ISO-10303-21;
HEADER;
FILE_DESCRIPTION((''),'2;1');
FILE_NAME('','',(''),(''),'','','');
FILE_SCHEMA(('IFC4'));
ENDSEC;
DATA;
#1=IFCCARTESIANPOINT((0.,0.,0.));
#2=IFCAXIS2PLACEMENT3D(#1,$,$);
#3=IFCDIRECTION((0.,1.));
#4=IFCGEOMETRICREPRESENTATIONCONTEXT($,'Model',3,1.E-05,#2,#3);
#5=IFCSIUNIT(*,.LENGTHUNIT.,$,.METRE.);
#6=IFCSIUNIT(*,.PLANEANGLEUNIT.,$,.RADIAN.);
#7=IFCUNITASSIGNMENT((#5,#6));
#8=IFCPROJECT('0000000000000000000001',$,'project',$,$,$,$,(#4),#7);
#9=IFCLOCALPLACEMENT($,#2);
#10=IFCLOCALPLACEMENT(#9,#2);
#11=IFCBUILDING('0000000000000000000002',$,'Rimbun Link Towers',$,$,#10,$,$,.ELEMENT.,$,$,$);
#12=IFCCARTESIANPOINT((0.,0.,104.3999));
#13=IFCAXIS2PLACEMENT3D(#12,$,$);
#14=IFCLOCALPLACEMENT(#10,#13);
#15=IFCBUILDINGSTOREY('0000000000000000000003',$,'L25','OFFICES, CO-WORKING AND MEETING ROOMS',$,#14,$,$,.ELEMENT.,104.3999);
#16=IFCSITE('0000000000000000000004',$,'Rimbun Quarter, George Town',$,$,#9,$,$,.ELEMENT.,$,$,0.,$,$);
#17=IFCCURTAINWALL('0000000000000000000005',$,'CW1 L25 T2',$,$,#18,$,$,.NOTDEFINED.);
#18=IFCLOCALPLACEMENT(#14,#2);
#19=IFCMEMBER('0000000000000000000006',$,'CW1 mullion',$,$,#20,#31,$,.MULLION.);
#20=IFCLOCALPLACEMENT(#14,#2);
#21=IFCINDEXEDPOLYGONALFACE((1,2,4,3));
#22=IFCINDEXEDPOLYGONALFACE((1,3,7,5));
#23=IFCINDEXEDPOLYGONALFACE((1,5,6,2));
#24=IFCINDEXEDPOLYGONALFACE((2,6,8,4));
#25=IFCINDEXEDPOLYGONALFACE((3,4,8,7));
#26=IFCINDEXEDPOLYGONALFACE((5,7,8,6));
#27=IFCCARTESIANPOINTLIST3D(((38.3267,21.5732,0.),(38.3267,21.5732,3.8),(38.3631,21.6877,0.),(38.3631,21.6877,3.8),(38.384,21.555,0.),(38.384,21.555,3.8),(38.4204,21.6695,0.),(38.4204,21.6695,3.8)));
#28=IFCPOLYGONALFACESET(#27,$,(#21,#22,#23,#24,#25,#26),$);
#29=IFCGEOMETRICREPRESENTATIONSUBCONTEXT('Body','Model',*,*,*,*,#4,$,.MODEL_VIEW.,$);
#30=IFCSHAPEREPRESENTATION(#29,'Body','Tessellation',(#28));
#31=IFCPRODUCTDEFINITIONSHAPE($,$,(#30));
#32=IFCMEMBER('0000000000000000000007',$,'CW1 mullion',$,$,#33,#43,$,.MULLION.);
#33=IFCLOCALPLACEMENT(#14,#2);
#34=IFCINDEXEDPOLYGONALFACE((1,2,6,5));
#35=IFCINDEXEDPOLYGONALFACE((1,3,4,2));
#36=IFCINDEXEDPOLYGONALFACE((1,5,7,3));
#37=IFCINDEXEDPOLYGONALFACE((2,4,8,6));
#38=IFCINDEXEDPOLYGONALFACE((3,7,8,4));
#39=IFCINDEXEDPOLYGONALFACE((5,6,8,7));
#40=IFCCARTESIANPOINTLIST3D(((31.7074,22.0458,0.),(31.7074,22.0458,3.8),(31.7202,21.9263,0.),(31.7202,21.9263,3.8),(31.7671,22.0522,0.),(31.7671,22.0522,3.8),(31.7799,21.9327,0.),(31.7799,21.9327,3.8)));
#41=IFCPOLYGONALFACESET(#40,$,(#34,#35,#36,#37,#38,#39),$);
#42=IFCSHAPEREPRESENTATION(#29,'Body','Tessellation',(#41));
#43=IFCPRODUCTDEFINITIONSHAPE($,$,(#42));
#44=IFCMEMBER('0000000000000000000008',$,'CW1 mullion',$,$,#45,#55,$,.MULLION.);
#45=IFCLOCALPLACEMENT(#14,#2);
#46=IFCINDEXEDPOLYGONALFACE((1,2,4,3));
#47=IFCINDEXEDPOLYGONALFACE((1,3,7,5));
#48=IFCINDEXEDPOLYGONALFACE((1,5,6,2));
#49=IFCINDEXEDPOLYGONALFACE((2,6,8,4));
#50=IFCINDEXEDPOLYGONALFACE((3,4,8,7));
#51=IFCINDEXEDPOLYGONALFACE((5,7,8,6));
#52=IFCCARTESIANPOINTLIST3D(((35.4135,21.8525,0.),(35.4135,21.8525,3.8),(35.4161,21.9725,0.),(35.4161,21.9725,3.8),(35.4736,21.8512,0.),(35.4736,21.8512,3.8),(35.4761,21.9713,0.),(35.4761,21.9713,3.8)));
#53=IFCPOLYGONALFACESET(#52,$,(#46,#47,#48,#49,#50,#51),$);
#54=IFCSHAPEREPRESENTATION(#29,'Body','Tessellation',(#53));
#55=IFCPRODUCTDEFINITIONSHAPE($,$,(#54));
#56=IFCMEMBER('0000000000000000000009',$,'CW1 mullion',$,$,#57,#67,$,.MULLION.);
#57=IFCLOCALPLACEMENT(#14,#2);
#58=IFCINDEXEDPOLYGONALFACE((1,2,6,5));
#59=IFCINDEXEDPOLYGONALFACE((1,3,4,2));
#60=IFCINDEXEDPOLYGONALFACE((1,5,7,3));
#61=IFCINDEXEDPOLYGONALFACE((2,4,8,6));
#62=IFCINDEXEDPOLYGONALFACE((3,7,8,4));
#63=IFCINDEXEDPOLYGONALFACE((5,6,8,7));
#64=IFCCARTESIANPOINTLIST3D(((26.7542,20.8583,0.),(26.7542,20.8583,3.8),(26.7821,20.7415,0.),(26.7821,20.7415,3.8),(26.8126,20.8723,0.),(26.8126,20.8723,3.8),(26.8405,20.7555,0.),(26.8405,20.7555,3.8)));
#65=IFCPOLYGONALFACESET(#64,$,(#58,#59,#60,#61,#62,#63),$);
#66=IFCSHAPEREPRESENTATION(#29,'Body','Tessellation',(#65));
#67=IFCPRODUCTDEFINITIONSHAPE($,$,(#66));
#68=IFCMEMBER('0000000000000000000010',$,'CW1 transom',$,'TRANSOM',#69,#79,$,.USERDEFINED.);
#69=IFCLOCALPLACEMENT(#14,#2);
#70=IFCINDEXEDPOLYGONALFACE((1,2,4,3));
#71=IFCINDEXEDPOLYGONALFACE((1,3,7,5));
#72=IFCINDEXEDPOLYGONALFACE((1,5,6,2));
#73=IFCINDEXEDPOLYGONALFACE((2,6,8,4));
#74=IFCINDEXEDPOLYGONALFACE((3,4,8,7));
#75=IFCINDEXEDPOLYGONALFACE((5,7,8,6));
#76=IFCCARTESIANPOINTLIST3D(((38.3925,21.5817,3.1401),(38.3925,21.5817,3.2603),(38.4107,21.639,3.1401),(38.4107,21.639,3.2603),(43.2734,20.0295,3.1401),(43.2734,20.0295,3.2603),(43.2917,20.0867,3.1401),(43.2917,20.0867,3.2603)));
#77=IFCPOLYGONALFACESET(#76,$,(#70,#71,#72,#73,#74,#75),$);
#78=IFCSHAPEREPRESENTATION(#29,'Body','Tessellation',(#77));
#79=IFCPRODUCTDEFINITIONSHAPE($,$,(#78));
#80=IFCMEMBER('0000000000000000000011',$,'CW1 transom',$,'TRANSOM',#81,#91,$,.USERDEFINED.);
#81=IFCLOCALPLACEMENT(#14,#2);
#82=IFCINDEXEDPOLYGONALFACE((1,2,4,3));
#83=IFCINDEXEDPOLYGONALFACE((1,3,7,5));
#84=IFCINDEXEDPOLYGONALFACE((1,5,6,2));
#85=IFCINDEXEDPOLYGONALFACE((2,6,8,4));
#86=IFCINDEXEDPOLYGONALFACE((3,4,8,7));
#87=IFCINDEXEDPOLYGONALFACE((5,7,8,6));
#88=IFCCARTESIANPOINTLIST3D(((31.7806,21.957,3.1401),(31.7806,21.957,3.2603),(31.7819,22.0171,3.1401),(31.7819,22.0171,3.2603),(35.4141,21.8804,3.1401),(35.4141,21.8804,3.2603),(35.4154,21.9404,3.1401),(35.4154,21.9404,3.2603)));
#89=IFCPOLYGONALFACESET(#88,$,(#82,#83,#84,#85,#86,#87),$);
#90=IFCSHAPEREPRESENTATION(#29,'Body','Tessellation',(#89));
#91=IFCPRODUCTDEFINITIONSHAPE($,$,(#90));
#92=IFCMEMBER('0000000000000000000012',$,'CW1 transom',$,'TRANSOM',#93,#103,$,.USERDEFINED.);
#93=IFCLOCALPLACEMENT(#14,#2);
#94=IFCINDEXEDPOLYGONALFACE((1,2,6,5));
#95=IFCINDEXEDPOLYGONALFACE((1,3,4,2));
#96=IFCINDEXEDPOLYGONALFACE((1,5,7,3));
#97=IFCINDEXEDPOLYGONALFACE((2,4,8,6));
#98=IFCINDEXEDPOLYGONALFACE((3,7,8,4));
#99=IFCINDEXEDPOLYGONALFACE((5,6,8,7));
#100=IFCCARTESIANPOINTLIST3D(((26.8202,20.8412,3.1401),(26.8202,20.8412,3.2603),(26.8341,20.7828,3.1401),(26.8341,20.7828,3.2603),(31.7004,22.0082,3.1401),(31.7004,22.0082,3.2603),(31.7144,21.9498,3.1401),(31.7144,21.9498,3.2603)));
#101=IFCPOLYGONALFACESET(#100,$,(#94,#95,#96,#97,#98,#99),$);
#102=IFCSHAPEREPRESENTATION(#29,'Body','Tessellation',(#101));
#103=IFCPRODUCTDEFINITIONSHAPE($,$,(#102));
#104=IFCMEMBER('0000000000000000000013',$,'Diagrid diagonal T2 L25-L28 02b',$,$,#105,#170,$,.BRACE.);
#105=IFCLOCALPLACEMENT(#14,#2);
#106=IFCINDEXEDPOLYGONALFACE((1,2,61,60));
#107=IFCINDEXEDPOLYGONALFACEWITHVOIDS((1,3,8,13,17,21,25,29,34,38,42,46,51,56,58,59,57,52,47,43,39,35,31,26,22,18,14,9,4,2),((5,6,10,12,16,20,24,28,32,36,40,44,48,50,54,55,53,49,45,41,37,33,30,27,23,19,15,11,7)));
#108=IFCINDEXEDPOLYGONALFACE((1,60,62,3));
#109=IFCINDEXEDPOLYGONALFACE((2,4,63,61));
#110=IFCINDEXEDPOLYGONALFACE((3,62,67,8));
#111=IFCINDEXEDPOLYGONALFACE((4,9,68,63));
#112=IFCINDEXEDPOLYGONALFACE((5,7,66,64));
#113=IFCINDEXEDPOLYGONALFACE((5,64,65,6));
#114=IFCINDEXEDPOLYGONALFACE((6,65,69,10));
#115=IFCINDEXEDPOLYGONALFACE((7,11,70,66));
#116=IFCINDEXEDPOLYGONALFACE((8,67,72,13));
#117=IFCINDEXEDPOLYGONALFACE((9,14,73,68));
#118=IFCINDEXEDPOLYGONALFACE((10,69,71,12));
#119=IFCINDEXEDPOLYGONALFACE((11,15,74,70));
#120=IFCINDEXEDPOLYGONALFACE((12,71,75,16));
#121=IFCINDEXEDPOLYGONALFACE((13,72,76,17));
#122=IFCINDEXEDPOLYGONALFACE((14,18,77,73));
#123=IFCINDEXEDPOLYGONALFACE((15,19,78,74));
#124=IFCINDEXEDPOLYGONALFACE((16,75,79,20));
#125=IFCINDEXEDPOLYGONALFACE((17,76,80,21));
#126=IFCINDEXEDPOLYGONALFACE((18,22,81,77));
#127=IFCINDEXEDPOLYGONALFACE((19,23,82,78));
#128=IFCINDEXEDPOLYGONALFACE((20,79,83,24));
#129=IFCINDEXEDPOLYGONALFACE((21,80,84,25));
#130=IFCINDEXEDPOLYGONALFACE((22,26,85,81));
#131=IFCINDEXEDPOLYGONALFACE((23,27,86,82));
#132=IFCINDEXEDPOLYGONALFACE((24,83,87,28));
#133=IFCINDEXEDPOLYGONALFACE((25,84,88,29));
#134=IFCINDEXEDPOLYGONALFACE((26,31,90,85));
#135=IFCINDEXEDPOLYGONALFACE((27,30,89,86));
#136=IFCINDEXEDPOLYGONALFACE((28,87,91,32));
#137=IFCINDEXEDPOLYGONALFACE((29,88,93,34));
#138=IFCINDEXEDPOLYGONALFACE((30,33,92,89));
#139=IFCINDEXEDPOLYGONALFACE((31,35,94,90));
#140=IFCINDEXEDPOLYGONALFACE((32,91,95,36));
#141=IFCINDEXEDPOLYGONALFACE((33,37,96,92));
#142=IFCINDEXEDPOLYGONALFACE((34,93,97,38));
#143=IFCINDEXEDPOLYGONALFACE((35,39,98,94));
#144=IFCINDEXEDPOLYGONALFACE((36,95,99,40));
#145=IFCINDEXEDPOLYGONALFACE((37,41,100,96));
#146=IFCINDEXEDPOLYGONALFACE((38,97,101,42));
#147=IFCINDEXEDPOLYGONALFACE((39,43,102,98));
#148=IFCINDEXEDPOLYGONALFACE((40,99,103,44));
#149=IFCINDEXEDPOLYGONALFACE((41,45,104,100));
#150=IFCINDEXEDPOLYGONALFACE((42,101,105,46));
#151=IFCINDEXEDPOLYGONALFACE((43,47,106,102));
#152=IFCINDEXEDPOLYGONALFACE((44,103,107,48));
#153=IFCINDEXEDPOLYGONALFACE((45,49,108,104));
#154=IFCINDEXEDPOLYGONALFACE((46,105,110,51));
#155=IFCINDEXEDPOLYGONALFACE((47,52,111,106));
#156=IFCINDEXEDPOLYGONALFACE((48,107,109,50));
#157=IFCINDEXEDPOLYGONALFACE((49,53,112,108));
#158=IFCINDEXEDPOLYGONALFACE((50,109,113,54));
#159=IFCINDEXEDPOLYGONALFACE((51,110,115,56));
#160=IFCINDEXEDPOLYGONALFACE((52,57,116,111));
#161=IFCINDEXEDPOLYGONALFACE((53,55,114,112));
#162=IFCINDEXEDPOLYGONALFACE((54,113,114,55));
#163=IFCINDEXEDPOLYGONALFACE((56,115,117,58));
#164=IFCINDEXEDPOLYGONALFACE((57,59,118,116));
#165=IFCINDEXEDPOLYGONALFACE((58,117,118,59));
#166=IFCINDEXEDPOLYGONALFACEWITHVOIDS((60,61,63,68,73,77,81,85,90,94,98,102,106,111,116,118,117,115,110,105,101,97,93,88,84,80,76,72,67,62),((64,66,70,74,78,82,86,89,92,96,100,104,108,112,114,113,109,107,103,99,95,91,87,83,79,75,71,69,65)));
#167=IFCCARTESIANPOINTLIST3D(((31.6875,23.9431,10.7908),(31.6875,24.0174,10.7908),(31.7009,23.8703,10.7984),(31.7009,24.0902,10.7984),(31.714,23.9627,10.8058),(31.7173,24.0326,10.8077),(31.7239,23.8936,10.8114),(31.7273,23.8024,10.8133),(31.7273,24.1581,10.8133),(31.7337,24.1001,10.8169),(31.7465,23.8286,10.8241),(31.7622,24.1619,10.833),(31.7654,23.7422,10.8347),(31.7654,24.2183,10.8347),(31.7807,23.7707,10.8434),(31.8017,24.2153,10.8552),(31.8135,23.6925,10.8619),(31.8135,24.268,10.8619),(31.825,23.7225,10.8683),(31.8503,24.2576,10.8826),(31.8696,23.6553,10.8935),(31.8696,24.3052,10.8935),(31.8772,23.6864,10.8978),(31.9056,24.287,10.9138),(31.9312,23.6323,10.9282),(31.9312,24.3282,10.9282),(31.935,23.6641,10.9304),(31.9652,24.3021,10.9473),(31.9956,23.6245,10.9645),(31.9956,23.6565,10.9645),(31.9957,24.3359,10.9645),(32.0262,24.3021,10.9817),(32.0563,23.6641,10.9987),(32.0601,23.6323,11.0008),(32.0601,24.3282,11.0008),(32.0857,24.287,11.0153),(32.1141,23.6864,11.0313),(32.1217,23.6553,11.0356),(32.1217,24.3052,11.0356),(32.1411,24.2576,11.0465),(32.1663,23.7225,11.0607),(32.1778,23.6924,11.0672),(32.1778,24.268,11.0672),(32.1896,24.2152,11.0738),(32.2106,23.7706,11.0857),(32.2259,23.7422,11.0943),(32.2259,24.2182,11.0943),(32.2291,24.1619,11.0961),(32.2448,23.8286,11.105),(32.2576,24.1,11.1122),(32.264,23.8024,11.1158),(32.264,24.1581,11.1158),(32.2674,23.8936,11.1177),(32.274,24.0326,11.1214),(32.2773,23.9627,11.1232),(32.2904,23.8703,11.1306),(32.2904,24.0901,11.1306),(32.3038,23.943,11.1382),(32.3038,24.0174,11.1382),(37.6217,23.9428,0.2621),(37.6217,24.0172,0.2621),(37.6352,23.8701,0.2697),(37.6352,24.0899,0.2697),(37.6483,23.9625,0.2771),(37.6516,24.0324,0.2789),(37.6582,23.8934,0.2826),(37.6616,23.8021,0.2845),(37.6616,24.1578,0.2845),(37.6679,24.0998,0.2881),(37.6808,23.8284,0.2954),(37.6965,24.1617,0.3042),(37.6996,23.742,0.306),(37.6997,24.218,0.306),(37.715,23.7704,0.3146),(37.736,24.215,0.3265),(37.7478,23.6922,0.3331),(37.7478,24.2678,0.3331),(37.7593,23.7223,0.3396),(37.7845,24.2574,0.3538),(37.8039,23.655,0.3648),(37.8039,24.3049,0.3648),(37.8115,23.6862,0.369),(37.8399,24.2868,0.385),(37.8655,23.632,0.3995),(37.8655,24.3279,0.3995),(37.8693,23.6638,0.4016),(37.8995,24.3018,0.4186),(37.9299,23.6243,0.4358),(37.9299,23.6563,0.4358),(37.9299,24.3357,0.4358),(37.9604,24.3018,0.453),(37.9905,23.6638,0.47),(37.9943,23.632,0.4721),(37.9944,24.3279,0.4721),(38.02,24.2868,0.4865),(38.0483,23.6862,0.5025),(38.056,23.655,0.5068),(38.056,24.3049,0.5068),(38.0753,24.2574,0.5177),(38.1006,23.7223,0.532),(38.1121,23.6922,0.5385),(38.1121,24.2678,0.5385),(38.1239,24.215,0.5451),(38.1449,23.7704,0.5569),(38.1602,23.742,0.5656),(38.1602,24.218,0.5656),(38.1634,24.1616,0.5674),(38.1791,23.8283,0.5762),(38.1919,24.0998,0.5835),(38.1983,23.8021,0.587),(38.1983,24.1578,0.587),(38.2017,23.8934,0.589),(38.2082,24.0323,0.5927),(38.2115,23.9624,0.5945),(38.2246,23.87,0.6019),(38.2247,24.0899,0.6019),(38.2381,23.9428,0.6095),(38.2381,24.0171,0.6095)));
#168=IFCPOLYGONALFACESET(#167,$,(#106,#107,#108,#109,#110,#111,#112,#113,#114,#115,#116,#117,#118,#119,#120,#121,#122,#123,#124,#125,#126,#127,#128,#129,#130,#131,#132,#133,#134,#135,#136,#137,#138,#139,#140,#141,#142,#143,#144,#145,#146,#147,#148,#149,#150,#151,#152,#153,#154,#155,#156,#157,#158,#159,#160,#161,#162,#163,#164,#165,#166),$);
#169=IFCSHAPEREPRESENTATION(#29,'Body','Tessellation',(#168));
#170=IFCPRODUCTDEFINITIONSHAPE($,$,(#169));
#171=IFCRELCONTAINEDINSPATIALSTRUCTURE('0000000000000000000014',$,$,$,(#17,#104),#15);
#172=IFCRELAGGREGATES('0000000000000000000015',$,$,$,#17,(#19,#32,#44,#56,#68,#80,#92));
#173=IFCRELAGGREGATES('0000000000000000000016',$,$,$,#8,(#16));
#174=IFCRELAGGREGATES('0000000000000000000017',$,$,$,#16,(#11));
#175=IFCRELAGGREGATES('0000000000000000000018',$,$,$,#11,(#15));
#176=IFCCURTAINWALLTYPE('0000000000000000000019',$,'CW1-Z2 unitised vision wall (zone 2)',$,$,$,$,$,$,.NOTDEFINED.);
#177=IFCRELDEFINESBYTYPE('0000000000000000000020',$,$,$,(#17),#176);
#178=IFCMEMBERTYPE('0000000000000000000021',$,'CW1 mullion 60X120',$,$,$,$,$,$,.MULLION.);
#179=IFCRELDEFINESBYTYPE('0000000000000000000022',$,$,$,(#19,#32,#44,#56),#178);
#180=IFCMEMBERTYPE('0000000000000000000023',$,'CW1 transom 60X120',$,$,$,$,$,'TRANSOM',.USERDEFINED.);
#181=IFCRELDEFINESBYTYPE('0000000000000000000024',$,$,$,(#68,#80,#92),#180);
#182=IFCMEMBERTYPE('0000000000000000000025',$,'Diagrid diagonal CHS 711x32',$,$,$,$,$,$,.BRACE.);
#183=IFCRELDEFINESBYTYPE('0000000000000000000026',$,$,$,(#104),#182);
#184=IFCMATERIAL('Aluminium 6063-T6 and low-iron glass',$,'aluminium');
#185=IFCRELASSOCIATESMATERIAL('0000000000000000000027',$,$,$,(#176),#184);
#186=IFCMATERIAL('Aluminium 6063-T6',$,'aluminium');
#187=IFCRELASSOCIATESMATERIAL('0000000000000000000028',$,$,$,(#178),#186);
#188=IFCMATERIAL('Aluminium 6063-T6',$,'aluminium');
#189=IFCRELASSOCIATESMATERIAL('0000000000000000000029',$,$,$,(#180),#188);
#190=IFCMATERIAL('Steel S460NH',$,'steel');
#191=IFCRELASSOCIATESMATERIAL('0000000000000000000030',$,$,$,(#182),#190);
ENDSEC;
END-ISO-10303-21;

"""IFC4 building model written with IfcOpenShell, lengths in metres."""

from ifc_helpers import new_model, si_unit, direction, frame, origin, origin_2d, place, context, subcontext, project, spatial, rectangle, hollow_circle, extrude, material, material_profile, profile_set, type_object, element, aggregate, save


model = new_model("IFC4")

# Units and contexts
model_context = context("Model", 3, precision=1e-05, world=origin(), true_north=direction((0.0, 1.0)))
body_context = subcontext(model_context, "Body", "Model", "MODEL_VIEW")
ifc_project = project(units=[si_unit("LENGTHUNIT", "METRE"), si_unit("PLANEANGLEUNIT", "RADIAN")], contexts=[model_context])

# Site, building, storey
site_placement = place(None, origin())
site = spatial("IfcSite", under=ifc_project, at=site_placement, Name="Rimbun Quarter, George Town", CompositionType="ELEMENT", RefElevation=0.0)
building_placement = place(site_placement, origin())
building = spatial("IfcBuilding", under=site, at=building_placement, Name="Rimbun Link Towers", CompositionType="ELEMENT")
storey_placement = place(building_placement, frame((0.0, 0.0, 104.3999)))
storey = spatial("IfcBuildingStorey", under=building, at=storey_placement, Name="L25", Description="OFFICES, CO-WORKING AND MEETING ROOMS", CompositionType="ELEMENT", Elevation=104.3999)

# Curtain wall, members
ifc_material_1 = material(Name="Aluminium 6063-T6 and low-iron glass", Category="aluminium")
curtain_wall_type = type_object("IfcCurtainWallType", Name="CW1-Z2 unitised vision wall (zone 2)", PredefinedType="NOTDEFINED", material=ifc_material_1)
curtain_wall_placement = place(storey_placement, origin())
curtain_wall = element("IfcCurtainWall", 1, at=curtain_wall_placement, inside=storey, type_object=curtain_wall_type, Name="CW1 L25 T2", PredefinedType="NOTDEFINED")
ifc_material_2 = material(Name="Aluminium 6063-T6", Category="aluminium")
ifc_material_profile_1 = material_profile(ifc_material_2, rectangle(XDim=0.1201, YDim=0.0601, at=origin_2d()), Name="MULLION 60X120")
ifc_profile_set_1 = profile_set([ifc_material_profile_1], Name="Aluminium 6063-T6")
member_type_1 = type_object("IfcMemberType", Name="CW1 mullion 60X120", PredefinedType="MULLION", material=ifc_profile_set_1)
member_1_placement = place(storey_placement, frame((38.3735, 21.6213, 0.0), z_axis=(0.0, 0.0, 1.0), x_axis=(0.303057, 0.952972, 0.0)))
member_1 = element("IfcMember", 2, at=member_1_placement, type_object=member_type_1, Name="CW1 mullion", PredefinedType="MULLION", context=body_context, shape_type="SweptSolid", body=[
    extrude(rectangle(XDim=0.1201, YDim=0.0601, at=origin_2d()), origin(), (0.0, 0.0, 1.0), 3.8),
])
member_2_placement = place(storey_placement, frame((31.7437, 21.9893, 0.0), z_axis=(0.0, 0.0, 1.0), x_axis=(-0.106632, 0.994299, 0.0)))
member_2 = element("IfcMember", 3, at=member_2_placement, type_object=member_type_1, Name="CW1 mullion", PredefinedType="MULLION", context=body_context, shape_type="SweptSolid", body=[
    extrude(rectangle(XDim=0.1201, YDim=0.0601, at=origin_2d()), origin(), (0.0, 0.0, 1.0), 3.8),
])
member_3_placement = place(storey_placement, frame((35.4448, 21.9119, 0.0), z_axis=(0.0, 0.0, 1.0), x_axis=(0.021063, 0.999778, 0.0)))
member_3 = element("IfcMember", 4, at=member_3_placement, type_object=member_type_1, Name="CW1 mullion", PredefinedType="MULLION", context=body_context, shape_type="SweptSolid", body=[
    extrude(rectangle(XDim=0.1201, YDim=0.0601, at=origin_2d()), origin(), (0.0, 0.0, 1.0), 3.8),
])
member_4_placement = place(storey_placement, frame((26.7974, 20.8069, 0.0), z_axis=(0.0, 0.0, 1.0), x_axis=(-0.232586, 0.972576, 0.0)))
member_4 = element("IfcMember", 5, at=member_4_placement, type_object=member_type_1, Name="CW1 mullion", PredefinedType="MULLION", context=body_context, shape_type="SweptSolid", body=[
    extrude(rectangle(XDim=0.1201, YDim=0.0601, at=origin_2d()), origin(), (0.0, 0.0, 1.0), 3.8),
])
ifc_material_3 = material(Name="Aluminium 6063-T6", Category="aluminium")
ifc_material_profile_2 = material_profile(ifc_material_3, rectangle(XDim=0.0601, YDim=0.1201, at=origin_2d()), Name="TRANSOM 60X120")
ifc_profile_set_2 = profile_set([ifc_material_profile_2], Name="Aluminium 6063-T6")
member_type_2 = type_object("IfcMemberType", Name="CW1 transom 60X120", ElementType="TRANSOM", PredefinedType="USERDEFINED", material=ifc_profile_set_2)
member_5_placement = place(storey_placement, frame((38.4016, 21.6104, 3.2002), z_axis=(0.952968, -0.30307, 0.0), x_axis=(0.30307, 0.952968, 0.0)))
member_5 = element("IfcMember", 6, at=member_5_placement, type_object=member_type_2, Name="CW1 transom", ObjectType="TRANSOM", PredefinedType="USERDEFINED", context=body_context, shape_type="SweptSolid", body=[
    extrude(rectangle(XDim=0.0601, YDim=0.1201, at=origin_2d()), origin(), (0.0, 0.0, 1.0), 5.1218),
])
member_6_placement = place(storey_placement, frame((31.7812, 21.9871, 3.2002), z_axis=(0.999778, -0.021093, 0.0), x_axis=(0.021093, 0.999778, 0.0)))
member_6 = element("IfcMember", 7, at=member_6_placement, type_object=member_type_2, Name="CW1 transom", ObjectType="TRANSOM", PredefinedType="USERDEFINED", context=body_context, shape_type="SweptSolid", body=[
    extrude(rectangle(XDim=0.0601, YDim=0.1201, at=origin_2d()), origin(), (0.0, 0.0, 1.0), 3.6343),
])
member_7_placement = place(storey_placement, frame((26.8271, 20.812, 3.2002), z_axis=(0.972579, 0.232574, 0.0), x_axis=(-0.232574, 0.972579, 0.0)))
member_7 = element("IfcMember", 8, at=member_7_placement, type_object=member_type_2, Name="CW1 transom", ObjectType="TRANSOM", PredefinedType="USERDEFINED", context=body_context, shape_type="SweptSolid", body=[
    extrude(rectangle(XDim=0.0601, YDim=0.1201, at=origin_2d()), origin(), (0.0, 0.0, 1.0), 5.0178),
])

# Member
ifc_material_4 = material(Name="Steel S460NH", Category="steel")
ifc_material_profile_3 = material_profile(ifc_material_4, hollow_circle(Radius=0.3557, WallThickness=0.032, at=origin_2d()), Name="Diagrid diagonal CHS 711x32")
ifc_profile_set_3 = profile_set([ifc_material_profile_3], Name="Steel S460NH")
member_type_3 = type_object("IfcMemberType", Name="Diagrid diagonal CHS 711x32", PredefinedType="BRACE", material=ifc_profile_set_3)
member_8_placement = place(storey_placement, frame((37.9299, 23.98, 0.4358), z_axis=(-0.491007, 0.00002, 0.871156), x_axis=(-0.000041, -1.0, 0.0)))
element("IfcMember", 9, at=member_8_placement, inside=storey, type_object=member_type_3, Name="Diagrid diagonal T2 L25-L28 02b", PredefinedType="BRACE", context=body_context, shape_type="SweptSolid", body=[
    extrude(hollow_circle(Radius=0.3557, WallThickness=0.032, at=origin_2d()), origin(), (0.0, 0.0, 1.0), 12.0859),
])

aggregate(curtain_wall, [member_1, member_2, member_3, member_4, member_5, member_6, member_7])

save(model, "model.ifc")
